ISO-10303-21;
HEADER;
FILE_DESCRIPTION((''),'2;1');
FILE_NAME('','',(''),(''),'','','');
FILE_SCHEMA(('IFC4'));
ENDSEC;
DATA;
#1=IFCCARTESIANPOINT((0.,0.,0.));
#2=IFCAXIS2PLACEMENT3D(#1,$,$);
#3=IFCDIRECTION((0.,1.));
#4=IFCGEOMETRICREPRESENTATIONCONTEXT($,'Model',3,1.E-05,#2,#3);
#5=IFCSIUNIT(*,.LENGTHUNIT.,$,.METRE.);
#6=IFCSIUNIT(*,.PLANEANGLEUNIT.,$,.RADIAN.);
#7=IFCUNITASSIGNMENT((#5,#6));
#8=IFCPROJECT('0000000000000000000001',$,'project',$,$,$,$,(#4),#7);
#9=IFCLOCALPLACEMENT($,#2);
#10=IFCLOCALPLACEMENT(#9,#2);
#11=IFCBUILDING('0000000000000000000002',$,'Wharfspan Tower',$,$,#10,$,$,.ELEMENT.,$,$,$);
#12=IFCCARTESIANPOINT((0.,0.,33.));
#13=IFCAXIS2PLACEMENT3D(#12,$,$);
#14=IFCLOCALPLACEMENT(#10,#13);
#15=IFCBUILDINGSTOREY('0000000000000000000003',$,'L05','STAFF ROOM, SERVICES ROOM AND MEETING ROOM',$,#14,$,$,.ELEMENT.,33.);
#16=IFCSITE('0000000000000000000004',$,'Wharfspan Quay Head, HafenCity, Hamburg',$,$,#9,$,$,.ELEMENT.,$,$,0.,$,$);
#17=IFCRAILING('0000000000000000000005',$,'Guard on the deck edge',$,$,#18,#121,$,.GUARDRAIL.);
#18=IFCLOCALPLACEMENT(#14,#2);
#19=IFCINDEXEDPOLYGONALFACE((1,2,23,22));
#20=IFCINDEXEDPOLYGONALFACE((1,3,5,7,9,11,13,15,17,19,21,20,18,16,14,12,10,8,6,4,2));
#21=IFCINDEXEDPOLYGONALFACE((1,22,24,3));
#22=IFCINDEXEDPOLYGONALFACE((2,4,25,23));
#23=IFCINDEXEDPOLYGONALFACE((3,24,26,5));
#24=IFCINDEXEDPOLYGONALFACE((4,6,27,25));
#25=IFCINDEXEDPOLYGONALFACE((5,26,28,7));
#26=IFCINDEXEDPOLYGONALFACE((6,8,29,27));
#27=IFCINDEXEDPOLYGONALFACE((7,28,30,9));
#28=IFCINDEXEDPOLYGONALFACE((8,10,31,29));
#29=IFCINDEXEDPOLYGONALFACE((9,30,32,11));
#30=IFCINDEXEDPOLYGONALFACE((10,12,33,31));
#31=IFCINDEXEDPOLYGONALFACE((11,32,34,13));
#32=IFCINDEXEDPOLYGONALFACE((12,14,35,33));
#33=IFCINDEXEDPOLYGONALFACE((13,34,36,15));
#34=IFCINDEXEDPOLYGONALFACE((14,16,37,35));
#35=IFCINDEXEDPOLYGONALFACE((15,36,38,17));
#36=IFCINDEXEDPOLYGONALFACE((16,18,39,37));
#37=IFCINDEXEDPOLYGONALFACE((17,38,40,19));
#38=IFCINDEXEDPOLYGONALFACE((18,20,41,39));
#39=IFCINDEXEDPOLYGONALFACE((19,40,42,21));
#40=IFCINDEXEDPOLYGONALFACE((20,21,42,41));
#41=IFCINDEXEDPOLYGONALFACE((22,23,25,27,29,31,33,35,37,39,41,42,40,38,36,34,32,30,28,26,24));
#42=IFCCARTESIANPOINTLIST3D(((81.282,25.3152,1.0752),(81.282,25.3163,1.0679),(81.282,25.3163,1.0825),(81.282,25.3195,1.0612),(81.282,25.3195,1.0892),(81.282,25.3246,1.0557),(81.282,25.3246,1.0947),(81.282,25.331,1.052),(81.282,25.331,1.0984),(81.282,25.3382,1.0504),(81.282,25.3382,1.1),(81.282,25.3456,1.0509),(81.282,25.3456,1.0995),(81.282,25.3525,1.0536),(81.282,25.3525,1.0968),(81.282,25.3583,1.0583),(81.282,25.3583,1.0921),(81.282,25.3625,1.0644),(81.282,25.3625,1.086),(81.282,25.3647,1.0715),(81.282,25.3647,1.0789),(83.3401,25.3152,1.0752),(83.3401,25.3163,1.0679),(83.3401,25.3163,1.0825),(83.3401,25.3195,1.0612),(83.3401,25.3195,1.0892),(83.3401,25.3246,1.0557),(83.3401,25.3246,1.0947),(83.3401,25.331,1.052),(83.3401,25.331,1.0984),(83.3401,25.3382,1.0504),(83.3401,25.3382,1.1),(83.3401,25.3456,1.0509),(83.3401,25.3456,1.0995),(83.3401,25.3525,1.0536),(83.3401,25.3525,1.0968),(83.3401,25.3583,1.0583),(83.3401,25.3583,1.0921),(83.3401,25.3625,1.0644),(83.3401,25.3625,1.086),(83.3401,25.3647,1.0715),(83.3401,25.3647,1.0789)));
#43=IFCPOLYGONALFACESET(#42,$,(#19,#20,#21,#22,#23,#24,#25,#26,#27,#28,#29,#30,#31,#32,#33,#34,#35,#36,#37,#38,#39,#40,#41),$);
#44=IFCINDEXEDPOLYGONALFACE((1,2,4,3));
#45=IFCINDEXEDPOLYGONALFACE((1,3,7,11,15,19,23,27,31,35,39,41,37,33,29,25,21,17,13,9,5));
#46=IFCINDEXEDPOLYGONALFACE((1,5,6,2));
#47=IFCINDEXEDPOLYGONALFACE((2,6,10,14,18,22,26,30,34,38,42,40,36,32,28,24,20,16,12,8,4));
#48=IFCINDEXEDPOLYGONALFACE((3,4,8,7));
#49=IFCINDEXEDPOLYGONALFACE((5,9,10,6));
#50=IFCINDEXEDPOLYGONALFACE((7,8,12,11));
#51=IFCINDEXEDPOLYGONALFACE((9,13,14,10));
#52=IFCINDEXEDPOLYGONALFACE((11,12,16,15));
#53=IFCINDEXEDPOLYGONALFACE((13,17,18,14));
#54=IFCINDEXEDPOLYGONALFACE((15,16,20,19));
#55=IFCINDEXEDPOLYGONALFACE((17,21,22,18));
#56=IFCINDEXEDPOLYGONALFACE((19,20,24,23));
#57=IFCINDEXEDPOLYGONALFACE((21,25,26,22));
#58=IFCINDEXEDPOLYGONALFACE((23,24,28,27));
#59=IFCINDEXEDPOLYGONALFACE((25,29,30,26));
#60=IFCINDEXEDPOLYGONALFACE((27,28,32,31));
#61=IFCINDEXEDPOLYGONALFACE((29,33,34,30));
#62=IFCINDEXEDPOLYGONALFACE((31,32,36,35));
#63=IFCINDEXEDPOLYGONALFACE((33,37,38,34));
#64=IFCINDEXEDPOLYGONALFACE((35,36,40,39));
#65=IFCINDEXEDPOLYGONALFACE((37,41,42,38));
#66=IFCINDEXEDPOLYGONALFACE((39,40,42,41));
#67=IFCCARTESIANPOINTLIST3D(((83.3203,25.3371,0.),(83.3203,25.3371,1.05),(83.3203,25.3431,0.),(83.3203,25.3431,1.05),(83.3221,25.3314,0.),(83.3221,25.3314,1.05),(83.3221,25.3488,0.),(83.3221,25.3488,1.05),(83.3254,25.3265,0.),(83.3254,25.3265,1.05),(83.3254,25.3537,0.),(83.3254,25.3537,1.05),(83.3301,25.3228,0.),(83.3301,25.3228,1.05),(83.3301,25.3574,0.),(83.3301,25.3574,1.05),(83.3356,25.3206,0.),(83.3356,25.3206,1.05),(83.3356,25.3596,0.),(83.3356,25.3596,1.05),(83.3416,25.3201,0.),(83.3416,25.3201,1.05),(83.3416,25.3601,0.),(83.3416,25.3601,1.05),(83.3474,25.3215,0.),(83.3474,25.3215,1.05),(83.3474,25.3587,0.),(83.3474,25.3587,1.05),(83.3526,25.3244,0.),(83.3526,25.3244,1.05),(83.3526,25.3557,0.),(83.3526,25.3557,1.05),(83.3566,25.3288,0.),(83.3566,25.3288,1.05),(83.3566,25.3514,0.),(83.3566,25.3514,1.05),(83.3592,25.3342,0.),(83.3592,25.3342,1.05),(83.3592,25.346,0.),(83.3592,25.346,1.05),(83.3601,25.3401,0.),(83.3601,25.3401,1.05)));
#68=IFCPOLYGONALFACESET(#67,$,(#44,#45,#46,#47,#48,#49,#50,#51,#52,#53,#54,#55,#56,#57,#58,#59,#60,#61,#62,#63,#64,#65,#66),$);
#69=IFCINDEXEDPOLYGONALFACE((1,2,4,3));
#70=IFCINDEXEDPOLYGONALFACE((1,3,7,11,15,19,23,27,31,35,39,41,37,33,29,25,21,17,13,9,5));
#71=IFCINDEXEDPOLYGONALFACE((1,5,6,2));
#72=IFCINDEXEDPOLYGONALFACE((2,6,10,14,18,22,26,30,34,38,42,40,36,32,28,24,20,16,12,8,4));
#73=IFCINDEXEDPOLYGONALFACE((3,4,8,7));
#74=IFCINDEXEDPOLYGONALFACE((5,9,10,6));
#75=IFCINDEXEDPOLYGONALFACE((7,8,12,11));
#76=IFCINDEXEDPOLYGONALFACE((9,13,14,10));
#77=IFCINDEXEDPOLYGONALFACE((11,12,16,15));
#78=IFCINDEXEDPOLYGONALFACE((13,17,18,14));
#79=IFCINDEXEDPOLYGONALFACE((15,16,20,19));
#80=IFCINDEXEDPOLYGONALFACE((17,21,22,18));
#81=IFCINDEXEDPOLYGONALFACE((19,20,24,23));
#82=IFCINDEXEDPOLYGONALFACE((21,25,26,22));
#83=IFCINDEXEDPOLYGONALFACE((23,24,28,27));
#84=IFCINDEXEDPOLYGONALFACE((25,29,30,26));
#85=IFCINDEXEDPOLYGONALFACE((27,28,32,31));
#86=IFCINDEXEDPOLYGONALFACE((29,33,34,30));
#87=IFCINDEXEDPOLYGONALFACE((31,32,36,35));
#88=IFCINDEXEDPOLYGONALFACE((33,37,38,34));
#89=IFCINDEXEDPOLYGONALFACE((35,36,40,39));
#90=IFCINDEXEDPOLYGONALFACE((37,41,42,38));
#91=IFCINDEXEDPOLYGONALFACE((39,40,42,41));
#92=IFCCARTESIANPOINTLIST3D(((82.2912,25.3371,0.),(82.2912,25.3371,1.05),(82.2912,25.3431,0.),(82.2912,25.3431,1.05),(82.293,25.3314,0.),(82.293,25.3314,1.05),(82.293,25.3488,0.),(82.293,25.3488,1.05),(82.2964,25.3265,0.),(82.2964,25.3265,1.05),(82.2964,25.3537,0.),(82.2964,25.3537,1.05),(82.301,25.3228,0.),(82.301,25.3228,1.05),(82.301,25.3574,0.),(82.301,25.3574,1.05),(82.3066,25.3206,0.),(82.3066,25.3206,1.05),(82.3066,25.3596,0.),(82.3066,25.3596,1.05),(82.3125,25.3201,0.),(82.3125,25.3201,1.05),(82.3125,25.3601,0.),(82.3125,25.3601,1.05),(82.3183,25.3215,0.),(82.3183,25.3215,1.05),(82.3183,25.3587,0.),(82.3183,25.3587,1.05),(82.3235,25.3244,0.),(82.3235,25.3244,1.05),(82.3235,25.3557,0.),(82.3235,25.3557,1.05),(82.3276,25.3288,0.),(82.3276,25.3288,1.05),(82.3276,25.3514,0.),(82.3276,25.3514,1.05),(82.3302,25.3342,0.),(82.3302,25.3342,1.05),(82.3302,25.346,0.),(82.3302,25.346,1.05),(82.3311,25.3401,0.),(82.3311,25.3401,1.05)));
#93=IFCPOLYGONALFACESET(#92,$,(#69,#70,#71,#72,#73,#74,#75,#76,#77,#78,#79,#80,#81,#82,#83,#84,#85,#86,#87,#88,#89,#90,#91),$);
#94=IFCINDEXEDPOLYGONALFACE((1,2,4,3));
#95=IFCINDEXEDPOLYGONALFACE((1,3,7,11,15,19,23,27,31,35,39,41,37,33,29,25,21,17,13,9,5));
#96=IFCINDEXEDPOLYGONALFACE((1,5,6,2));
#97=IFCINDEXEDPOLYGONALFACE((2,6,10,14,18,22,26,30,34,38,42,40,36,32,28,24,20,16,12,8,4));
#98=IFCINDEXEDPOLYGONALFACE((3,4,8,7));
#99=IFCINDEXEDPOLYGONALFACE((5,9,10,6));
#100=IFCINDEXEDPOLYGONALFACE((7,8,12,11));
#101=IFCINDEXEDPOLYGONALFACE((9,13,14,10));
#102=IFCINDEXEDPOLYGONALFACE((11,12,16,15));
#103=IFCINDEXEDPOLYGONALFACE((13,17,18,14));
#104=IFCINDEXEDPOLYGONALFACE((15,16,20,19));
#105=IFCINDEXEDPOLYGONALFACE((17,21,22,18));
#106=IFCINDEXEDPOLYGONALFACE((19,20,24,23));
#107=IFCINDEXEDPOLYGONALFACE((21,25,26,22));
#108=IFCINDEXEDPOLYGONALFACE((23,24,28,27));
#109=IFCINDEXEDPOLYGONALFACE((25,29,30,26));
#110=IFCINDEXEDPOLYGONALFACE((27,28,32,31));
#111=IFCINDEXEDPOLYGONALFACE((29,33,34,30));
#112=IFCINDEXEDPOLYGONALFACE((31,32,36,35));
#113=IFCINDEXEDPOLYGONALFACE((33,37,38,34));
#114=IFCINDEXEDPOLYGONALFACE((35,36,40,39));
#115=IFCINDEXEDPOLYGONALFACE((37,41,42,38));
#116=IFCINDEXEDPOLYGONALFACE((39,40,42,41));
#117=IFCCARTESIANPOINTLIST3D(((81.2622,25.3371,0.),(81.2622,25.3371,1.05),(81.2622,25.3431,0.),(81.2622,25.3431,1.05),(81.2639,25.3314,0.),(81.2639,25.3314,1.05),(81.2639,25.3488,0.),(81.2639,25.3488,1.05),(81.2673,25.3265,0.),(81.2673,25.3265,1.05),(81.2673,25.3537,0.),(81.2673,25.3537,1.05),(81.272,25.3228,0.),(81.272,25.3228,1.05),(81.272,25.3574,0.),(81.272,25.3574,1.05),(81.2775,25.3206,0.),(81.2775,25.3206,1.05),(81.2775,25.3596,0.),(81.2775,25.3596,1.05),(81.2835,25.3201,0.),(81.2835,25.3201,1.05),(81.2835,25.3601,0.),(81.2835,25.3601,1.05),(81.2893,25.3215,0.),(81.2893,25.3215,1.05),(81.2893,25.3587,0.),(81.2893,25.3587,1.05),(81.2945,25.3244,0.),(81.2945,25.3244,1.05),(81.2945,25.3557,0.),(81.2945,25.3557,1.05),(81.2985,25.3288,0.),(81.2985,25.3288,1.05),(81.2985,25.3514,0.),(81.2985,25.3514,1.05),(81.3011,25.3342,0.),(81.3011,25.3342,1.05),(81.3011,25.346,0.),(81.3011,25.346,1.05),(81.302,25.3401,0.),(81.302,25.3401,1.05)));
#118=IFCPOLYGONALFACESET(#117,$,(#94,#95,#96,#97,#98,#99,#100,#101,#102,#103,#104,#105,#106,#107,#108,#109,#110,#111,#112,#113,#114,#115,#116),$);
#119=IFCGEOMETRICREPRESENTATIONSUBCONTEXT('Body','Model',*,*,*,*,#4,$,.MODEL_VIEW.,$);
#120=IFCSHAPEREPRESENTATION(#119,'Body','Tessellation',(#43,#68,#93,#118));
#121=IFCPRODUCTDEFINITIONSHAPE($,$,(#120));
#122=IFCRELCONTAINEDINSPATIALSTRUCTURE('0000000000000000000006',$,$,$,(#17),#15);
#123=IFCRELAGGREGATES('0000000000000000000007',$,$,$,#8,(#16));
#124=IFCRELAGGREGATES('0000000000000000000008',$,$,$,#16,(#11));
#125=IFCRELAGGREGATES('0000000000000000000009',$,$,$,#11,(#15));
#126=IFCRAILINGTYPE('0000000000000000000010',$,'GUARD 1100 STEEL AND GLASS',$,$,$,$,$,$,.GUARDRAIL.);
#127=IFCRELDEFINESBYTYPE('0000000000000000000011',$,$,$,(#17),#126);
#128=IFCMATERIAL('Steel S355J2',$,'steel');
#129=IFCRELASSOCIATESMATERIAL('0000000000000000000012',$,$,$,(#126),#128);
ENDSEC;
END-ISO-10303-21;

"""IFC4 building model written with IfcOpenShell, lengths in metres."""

from ifc_helpers import new_model, si_unit, direction, frame, origin, origin_2d, place, context, subcontext, project, spatial, circle, extrude, material, type_object, element, save


model = new_model("IFC4")

# Units and contexts
model_context = context("Model", 3, precision=1e-05, world=origin(), true_north=direction((0.0, 1.0)))
body_context = subcontext(model_context, "Body", "Model", "MODEL_VIEW")
ifc_project = project(units=[si_unit("LENGTHUNIT", "METRE"), si_unit("PLANEANGLEUNIT", "RADIAN")], contexts=[model_context])

# Site, building, storey
site_placement = place(None, origin())
site = spatial("IfcSite", under=ifc_project, at=site_placement, Name="Wharfspan Quay Head, HafenCity, Hamburg", CompositionType="ELEMENT", RefElevation=0.0)
building_placement = place(site_placement, origin())
building = spatial("IfcBuilding", under=site, at=building_placement, Name="Wharfspan Tower", CompositionType="ELEMENT")
storey_placement = place(building_placement, frame((0.0, 0.0, 33.0)))
storey = spatial("IfcBuildingStorey", under=building, at=storey_placement, Name="L05", Description="STAFF ROOM, SERVICES ROOM AND MEETING ROOM", CompositionType="ELEMENT", Elevation=33.0)

# Railing
ifc_material_1 = material(Name="Steel S355J2", Category="steel")
railing_type_1 = type_object("IfcRailingType", Name="GUARD 1100 STEEL AND GLASS", PredefinedType="GUARDRAIL", material=ifc_material_1)
railing_1_placement = place(storey_placement, frame((83.3401, 25.3401, 0.0)))
element("IfcRailing", 1, at=railing_1_placement, inside=storey, type_object=railing_type_1, Name="Guard on the deck edge", PredefinedType="GUARDRAIL", context=body_context, shape_type="SweptSolid", body=[
    extrude(circle(Radius=0.0249, at=origin_2d()), frame((0.0, 0.0, 1.0752), z_axis=(-1.0, 0.0, 0.0), x_axis=(0.0, -1.0, 0.0)), (0.0, 0.0, 1.0), 2.0581),
    extrude(circle(Radius=0.02, at=origin_2d()), origin(), (0.0, 0.0, 1.0), 1.05),
    extrude(circle(Radius=0.02, at=origin_2d()), frame((-1.0291, 0.0, 0.0)), (0.0, 0.0, 1.0), 1.05),
    extrude(circle(Radius=0.02, at=origin_2d()), frame((-2.0581, 0.0, 0.0)), (0.0, 0.0, 1.0), 1.05),
])

save(model, "model.ifc")
